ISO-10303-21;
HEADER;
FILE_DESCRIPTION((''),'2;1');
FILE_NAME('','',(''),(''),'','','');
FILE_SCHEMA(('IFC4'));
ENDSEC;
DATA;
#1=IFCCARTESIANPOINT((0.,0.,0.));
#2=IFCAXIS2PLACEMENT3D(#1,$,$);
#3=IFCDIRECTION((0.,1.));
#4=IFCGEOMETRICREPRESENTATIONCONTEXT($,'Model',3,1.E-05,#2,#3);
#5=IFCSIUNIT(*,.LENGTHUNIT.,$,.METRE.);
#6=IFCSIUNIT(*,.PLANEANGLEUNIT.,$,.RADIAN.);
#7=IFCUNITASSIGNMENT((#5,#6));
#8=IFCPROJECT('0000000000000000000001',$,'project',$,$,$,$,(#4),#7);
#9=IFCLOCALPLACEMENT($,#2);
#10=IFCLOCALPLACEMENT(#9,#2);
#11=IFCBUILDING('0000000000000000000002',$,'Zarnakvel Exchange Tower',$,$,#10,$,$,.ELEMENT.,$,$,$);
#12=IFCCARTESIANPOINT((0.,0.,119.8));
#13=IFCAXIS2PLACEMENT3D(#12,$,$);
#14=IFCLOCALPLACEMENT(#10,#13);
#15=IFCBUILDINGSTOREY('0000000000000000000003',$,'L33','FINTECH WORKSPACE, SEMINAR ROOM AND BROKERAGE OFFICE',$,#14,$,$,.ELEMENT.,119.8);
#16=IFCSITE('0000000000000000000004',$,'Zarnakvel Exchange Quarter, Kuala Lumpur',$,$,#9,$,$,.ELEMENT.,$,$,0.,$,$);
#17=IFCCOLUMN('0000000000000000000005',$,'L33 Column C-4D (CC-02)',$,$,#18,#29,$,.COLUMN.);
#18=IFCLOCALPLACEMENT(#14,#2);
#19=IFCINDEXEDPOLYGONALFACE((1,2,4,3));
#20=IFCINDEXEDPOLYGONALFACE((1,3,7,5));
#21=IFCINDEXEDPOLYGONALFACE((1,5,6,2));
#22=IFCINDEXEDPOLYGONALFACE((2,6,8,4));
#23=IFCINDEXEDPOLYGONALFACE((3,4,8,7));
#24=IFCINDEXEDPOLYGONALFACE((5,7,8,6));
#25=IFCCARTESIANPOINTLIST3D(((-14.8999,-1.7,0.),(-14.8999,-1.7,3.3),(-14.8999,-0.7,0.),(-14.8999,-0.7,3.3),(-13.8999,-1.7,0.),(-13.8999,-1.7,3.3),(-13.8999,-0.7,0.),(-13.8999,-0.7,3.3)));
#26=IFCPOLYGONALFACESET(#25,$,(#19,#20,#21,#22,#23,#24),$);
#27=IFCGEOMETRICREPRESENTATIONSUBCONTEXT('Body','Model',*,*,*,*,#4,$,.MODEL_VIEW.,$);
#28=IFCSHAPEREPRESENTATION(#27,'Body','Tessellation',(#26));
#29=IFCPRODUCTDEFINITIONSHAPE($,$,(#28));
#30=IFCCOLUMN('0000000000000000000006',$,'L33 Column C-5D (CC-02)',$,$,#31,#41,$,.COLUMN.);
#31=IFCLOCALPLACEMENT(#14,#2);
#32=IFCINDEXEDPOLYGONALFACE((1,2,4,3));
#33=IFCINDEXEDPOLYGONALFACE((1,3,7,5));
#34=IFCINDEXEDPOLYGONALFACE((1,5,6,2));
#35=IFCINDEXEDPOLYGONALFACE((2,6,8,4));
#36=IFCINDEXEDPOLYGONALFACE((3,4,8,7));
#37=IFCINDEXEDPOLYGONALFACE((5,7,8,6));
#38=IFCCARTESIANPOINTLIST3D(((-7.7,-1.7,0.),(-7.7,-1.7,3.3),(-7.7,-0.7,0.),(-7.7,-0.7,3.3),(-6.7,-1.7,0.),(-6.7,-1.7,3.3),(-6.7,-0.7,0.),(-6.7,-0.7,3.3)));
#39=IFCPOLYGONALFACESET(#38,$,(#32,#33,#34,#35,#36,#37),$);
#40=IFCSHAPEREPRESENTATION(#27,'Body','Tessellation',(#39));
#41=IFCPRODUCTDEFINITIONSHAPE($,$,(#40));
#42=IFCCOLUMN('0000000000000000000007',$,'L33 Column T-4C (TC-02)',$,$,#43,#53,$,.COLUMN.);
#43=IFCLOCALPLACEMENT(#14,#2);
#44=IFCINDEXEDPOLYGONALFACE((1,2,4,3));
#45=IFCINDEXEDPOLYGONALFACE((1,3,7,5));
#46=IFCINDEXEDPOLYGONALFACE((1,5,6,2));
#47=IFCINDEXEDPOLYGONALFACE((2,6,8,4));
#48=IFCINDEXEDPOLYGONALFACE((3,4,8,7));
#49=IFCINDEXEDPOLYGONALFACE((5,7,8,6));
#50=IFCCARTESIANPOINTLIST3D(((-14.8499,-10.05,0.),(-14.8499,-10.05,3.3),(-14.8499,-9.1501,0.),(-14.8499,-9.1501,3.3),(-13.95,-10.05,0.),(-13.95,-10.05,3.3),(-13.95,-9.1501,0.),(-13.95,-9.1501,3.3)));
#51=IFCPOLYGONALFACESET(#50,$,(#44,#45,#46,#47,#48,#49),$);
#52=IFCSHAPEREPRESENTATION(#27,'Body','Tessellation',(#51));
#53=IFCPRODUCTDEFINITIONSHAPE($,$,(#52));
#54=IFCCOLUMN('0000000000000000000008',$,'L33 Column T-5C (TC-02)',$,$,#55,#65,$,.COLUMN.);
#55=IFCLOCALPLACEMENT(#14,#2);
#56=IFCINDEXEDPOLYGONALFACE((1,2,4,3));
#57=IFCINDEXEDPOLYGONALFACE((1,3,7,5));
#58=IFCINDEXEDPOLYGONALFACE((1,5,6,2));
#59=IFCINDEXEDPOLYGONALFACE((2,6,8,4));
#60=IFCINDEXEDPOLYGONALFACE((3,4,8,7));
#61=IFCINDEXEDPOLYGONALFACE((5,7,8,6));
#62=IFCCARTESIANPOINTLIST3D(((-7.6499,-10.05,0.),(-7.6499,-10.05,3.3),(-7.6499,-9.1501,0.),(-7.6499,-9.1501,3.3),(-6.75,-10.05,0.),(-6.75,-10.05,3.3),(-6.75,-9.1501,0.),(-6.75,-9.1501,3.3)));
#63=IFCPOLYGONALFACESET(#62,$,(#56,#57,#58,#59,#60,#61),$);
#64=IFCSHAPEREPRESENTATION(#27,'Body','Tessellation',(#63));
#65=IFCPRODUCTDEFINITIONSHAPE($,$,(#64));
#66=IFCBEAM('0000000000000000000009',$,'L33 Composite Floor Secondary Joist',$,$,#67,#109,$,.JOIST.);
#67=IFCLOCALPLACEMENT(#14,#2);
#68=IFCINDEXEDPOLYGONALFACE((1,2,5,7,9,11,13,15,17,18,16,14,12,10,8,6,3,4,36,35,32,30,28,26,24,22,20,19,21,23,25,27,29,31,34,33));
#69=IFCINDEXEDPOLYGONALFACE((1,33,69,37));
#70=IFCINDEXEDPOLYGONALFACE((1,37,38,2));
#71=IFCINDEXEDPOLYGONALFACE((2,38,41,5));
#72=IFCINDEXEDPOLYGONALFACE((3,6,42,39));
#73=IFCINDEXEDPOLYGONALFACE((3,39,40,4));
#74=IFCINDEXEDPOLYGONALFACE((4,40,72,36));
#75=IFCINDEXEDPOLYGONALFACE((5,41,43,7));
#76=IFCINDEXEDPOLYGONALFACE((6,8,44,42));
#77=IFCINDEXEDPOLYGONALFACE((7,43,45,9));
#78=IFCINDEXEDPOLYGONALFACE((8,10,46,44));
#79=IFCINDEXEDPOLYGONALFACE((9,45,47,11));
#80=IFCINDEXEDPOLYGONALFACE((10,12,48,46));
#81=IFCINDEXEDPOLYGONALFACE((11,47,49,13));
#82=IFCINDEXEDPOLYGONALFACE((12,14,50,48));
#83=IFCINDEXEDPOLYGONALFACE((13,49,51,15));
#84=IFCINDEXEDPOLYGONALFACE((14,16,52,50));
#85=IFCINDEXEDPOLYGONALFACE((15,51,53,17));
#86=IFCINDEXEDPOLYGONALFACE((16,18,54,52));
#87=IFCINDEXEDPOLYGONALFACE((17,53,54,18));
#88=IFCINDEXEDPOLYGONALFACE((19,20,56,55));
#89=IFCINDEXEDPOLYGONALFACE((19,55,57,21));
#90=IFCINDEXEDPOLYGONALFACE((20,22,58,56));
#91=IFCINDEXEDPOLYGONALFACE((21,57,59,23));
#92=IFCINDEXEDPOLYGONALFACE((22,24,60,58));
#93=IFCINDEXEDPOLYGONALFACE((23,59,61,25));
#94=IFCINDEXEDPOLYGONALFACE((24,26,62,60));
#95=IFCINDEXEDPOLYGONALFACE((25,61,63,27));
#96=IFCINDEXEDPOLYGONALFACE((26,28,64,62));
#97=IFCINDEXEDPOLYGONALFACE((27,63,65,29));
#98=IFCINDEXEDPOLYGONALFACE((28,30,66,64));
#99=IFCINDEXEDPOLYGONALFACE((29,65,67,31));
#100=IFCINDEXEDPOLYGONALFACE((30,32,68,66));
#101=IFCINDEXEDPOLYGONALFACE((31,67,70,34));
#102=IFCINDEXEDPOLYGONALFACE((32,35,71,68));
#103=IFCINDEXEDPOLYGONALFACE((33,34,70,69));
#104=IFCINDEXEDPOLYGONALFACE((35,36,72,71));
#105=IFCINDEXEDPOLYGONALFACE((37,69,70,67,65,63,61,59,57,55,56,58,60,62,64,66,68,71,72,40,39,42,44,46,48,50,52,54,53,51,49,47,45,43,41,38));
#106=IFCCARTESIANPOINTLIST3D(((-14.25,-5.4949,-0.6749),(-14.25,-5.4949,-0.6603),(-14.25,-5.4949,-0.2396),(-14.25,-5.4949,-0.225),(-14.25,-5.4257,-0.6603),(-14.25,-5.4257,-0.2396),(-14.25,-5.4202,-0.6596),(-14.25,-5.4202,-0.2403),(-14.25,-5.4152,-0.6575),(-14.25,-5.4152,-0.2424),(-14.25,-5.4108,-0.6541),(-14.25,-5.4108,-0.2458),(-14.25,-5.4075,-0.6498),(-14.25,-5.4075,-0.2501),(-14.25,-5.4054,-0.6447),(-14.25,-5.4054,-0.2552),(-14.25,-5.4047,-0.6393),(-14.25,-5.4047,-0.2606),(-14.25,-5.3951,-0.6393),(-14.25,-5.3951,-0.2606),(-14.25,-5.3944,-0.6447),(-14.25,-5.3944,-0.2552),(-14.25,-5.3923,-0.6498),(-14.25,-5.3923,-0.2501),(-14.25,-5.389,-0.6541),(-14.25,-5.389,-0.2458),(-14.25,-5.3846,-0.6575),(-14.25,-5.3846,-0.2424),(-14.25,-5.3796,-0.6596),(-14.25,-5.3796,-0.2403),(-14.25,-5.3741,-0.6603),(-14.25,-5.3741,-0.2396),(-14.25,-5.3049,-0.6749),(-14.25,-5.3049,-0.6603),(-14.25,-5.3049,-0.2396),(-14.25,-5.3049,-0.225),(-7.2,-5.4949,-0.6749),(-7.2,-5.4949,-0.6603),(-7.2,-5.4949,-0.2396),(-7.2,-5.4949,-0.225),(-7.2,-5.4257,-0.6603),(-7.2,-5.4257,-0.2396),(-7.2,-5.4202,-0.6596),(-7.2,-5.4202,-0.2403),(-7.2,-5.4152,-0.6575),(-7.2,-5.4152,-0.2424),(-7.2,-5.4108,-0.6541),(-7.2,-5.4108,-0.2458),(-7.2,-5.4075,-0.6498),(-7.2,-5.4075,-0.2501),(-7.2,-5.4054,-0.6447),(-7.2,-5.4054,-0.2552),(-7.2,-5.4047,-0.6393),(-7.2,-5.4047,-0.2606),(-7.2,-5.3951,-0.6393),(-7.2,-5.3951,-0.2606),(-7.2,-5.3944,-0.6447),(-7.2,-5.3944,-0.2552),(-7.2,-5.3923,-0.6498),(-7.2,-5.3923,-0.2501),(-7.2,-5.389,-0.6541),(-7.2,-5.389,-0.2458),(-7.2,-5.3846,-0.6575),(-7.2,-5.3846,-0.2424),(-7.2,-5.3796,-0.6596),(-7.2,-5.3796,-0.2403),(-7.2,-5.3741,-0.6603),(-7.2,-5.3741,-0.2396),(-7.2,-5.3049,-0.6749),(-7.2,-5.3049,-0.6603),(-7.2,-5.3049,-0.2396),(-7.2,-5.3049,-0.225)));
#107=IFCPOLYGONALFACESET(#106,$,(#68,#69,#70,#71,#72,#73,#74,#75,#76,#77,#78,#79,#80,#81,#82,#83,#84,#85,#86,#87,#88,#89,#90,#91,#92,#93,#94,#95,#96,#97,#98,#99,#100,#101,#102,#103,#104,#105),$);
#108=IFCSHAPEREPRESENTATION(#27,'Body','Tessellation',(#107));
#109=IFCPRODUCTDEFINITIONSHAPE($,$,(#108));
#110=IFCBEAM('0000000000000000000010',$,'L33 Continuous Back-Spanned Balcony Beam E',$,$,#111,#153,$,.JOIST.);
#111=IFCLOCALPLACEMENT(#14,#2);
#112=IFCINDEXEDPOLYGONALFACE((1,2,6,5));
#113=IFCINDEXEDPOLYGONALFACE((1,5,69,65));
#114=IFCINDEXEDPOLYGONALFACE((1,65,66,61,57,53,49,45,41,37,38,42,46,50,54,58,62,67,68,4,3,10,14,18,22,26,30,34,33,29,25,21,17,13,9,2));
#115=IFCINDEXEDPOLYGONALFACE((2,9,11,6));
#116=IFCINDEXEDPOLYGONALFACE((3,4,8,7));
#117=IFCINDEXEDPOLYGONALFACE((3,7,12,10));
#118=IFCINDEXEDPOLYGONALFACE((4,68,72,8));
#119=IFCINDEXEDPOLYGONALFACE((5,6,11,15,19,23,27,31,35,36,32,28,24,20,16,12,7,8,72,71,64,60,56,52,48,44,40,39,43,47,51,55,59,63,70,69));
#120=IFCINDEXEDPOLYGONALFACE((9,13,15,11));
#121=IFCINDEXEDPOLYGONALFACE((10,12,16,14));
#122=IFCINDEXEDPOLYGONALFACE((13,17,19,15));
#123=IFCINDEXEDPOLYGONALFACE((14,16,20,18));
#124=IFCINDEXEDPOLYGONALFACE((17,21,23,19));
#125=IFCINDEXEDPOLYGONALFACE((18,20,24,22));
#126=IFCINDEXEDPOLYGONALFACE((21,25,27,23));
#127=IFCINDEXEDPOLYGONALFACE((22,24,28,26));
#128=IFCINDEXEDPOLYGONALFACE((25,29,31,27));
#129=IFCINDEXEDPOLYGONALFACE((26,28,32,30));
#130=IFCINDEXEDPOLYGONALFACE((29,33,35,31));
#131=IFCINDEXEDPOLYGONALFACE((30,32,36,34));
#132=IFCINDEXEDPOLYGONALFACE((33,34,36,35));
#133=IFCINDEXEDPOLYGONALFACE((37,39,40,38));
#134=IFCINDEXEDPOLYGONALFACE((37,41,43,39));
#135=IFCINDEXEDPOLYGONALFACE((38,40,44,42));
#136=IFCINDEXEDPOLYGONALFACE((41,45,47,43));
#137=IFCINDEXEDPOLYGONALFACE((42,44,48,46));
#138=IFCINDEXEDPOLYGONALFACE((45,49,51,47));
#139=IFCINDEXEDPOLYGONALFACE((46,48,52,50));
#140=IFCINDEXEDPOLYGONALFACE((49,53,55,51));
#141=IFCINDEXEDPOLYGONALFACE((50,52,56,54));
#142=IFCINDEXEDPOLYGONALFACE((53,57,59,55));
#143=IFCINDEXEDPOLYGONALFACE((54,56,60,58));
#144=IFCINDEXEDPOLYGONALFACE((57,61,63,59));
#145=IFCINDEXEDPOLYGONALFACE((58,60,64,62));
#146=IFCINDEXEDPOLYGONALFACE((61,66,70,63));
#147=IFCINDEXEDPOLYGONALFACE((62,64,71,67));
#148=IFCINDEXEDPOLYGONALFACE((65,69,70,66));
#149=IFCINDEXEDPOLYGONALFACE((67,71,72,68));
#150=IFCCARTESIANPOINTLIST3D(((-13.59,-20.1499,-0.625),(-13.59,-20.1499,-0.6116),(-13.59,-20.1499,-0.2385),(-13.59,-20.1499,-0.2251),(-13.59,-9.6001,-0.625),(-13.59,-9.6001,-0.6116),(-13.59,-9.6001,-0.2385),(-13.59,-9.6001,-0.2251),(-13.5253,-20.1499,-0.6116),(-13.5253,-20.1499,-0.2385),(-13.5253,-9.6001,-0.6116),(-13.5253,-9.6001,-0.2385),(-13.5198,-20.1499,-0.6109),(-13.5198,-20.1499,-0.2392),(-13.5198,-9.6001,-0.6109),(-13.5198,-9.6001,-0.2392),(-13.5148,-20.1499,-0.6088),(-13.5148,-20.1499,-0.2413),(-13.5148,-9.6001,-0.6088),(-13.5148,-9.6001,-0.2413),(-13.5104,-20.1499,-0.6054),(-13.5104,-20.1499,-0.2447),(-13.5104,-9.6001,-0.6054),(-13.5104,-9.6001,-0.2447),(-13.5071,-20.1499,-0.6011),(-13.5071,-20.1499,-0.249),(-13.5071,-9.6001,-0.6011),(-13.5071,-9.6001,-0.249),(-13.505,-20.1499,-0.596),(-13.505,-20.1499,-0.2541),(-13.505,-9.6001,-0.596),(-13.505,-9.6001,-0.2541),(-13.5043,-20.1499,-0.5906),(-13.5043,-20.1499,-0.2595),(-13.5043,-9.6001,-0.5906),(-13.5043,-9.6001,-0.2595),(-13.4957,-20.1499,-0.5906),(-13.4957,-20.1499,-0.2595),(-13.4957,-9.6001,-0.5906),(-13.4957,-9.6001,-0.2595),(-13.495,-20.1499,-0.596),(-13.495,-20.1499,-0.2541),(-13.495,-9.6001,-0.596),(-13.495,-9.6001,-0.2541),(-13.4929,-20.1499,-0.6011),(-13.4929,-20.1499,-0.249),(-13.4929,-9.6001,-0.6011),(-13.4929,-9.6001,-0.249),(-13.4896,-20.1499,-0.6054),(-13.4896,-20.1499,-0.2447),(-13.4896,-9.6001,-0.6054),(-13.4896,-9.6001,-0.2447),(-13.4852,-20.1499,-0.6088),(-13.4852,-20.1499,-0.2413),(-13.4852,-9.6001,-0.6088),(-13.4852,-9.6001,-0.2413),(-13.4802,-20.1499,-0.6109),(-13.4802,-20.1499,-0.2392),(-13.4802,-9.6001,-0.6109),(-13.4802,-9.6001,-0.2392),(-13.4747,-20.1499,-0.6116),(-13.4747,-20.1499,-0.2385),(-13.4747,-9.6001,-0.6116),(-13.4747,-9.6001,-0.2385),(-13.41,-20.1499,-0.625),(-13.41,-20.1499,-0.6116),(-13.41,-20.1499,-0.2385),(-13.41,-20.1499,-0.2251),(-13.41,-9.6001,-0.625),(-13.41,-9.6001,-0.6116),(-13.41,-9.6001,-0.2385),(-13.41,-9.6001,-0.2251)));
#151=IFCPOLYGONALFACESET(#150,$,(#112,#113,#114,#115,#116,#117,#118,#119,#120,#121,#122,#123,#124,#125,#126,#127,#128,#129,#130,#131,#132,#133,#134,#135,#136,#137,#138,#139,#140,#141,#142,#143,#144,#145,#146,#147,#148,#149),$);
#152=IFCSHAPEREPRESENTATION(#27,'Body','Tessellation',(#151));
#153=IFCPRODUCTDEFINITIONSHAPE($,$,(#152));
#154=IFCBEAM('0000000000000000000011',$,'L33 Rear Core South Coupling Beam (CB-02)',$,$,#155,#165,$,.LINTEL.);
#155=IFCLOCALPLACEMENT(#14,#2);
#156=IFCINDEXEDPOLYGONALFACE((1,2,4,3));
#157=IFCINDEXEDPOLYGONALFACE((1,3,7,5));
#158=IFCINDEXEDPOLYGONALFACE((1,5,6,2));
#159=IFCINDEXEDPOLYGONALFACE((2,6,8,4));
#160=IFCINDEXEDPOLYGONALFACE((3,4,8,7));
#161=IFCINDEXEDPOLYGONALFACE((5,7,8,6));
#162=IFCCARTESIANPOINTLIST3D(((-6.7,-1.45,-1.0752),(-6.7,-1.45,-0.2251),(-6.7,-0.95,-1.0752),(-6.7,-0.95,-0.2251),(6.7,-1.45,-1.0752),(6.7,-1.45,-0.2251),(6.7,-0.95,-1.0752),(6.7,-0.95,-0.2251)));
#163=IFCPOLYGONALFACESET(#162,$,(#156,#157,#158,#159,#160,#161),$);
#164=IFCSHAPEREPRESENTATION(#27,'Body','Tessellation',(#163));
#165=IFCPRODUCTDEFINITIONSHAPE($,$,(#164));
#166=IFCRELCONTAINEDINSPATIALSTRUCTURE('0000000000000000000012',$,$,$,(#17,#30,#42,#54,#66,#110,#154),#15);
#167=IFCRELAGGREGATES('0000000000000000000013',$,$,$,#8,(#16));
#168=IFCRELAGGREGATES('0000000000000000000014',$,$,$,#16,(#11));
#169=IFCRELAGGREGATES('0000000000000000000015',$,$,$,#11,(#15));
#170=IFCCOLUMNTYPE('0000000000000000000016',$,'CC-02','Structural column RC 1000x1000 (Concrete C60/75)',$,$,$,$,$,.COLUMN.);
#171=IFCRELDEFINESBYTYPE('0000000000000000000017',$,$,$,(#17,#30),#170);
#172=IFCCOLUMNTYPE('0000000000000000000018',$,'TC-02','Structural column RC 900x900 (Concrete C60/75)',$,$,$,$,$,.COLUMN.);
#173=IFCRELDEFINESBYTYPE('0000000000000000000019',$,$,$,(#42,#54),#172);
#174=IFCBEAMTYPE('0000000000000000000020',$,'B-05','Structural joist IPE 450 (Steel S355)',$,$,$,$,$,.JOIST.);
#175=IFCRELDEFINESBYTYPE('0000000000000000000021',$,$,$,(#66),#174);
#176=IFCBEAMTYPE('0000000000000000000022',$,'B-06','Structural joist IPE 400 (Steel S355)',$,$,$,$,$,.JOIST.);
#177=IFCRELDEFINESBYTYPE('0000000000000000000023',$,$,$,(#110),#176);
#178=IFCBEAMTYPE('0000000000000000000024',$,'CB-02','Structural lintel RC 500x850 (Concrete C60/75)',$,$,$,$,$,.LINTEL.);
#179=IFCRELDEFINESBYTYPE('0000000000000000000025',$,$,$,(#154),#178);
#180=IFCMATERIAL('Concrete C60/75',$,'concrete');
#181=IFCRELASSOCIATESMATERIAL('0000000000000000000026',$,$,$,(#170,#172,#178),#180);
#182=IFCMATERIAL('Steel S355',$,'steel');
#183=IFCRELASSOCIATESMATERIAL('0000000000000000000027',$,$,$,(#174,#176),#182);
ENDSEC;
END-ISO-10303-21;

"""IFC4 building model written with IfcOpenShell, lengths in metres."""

from ifc_helpers import new_model, si_unit, direction, frame, origin, origin_2d, place, context, subcontext, project, spatial, rectangle, i_section, extrude, material, material_profile, profile_set, type_object, element, save


model = new_model("IFC4")

# Units and contexts
model_context = context("Model", 3, precision=1e-05, world=origin(), true_north=direction((0.0, 1.0)))
body_context = subcontext(model_context, "Body", "Model", "MODEL_VIEW")
ifc_project = project(units=[si_unit("LENGTHUNIT", "METRE"), si_unit("PLANEANGLEUNIT", "RADIAN")], contexts=[model_context])

# Site, building, storey
site_placement = place(None, origin())
site = spatial("IfcSite", under=ifc_project, at=site_placement, Name="Zarnakvel Exchange Quarter, Kuala Lumpur", CompositionType="ELEMENT", RefElevation=0.0)
building_placement = place(site_placement, origin())
building = spatial("IfcBuilding", under=site, at=building_placement, Name="Zarnakvel Exchange Tower", CompositionType="ELEMENT")
storey_placement = place(building_placement, frame((0.0, 0.0, 119.8)))
storey = spatial("IfcBuildingStorey", under=building, at=storey_placement, Name="L33", Description="FINTECH WORKSPACE, SEMINAR ROOM AND BROKERAGE OFFICE", CompositionType="ELEMENT", Elevation=119.8)

# Columns
ifc_material_1 = material(Name="Concrete C60/75", Category="concrete")
ifc_material_profile_1 = material_profile(ifc_material_1, rectangle(XDim=1.0, YDim=1.0, at=origin_2d()))
ifc_profile_set_1 = profile_set([ifc_material_profile_1], Name="Concrete C60/75")
column_type_1 = type_object("IfcColumnType", Name="CC-02", Description="Structural column RC 1000x1000 (Concrete C60/75)", PredefinedType="COLUMN", material=ifc_profile_set_1)
for number, where, z_axis, x_axis, name in (
    (1, (-14.3999, -1.2, 0.0), (0.0, 0.0, 1.0), (1.0, 0.0, 0.0), "L33 Column C-4D (CC-02)"),
    (2, (-7.2, -1.2, 0.0), (0.0, 0.0, 1.0), (1.0, 0.0, 0.0), "L33 Column C-5D (CC-02)"),
):
    element("IfcColumn", number, at=place(storey_placement, frame(where, z_axis=z_axis, x_axis=x_axis)), inside=storey, type_object=column_type_1, Name=name, PredefinedType="COLUMN", context=body_context, shape_type="SweptSolid", body=[
        extrude(rectangle(XDim=1.0, YDim=1.0, at=origin_2d()), origin(), (0.0, 0.0, 1.0), 3.3),
    ])
ifc_material_profile_2 = material_profile(ifc_material_1, rectangle(XDim=0.8999, YDim=0.8999, at=origin_2d()))
ifc_profile_set_2 = profile_set([ifc_material_profile_2], Name="Concrete C60/75")
column_type_2 = type_object("IfcColumnType", Name="TC-02", Description="Structural column RC 900x900 (Concrete C60/75)", PredefinedType="COLUMN", material=ifc_profile_set_2)
for number, where, z_axis, x_axis, name in (
    (3, (-14.3999, -9.6001, 0.0), (0.0, 0.0, 1.0), (1.0, 0.0, 0.0), "L33 Column T-4C (TC-02)"),
    (4, (-7.2, -9.6001, 0.0), (0.0, 0.0, 1.0), (1.0, 0.0, 0.0), "L33 Column T-5C (TC-02)"),
):
    element("IfcColumn", number, at=place(storey_placement, frame(where, z_axis=z_axis, x_axis=x_axis)), inside=storey, type_object=column_type_2, Name=name, PredefinedType="COLUMN", context=body_context, shape_type="SweptSolid", body=[
        extrude(rectangle(XDim=0.8999, YDim=0.8999, at=origin_2d()), origin(), (0.0, 0.0, 1.0), 3.3),
    ])

# Beams
ifc_material_2 = material(Name="Steel S355", Category="steel")
ifc_material_profile_3 = material_profile(ifc_material_2, i_section(OverallWidth=0.1899, OverallDepth=0.45, WebThickness=0.0095, FlangeThickness=0.0146, FilletRadius=0.021, at=origin_2d()))
ifc_profile_set_3 = profile_set([ifc_material_profile_3], Name="Steel S355")
beam_type_1 = type_object("IfcBeamType", Name="B-05", Description="Structural joist IPE 450 (Steel S355)", PredefinedType="JOIST", material=ifc_profile_set_3)
beam_1_placement = place(storey_placement, frame((-14.25, -5.3999, -0.45), z_axis=(1.0, 0.0, 0.0), x_axis=(0.0, 1.0, 0.0)))
element("IfcBeam", 5, at=beam_1_placement, inside=storey, type_object=beam_type_1, Name="L33 Composite Floor Secondary Joist", PredefinedType="JOIST", context=body_context, shape_type="SweptSolid", body=[
    extrude(i_section(OverallWidth=0.1899, OverallDepth=0.45, WebThickness=0.0095, FlangeThickness=0.0146, FilletRadius=0.021, at=origin_2d()), origin(), (0.0, 0.0, 1.0), 7.05),
])
ifc_material_profile_4 = material_profile(ifc_material_2, i_section(OverallWidth=0.1799, OverallDepth=0.3999, WebThickness=0.0085, FlangeThickness=0.0134, FilletRadius=0.021, at=origin_2d()))
ifc_profile_set_4 = profile_set([ifc_material_profile_4], Name="Steel S355")
beam_type_2 = type_object("IfcBeamType", Name="B-06", Description="Structural joist IPE 400 (Steel S355)", PredefinedType="JOIST", material=ifc_profile_set_4)
beam_2_placement = place(storey_placement, frame((-13.5, -9.6001, -0.425), z_axis=(0.0, -1.0, 0.0), x_axis=(1.0, 0.0, 0.0)))
element("IfcBeam", 6, at=beam_2_placement, inside=storey, type_object=beam_type_2, Name="L33 Continuous Back-Spanned Balcony Beam E", PredefinedType="JOIST", context=body_context, shape_type="SweptSolid", body=[
    extrude(i_section(OverallWidth=0.1799, OverallDepth=0.3999, WebThickness=0.0085, FlangeThickness=0.0134, FilletRadius=0.021, at=origin_2d()), origin(), (0.0, 0.0, 1.0), 10.5498),
])
ifc_material_profile_5 = material_profile(ifc_material_1, rectangle(XDim=0.5, YDim=0.8501, at=origin_2d()))
ifc_profile_set_5 = profile_set([ifc_material_profile_5], Name="Concrete C60/75")
beam_type_3 = type_object("IfcBeamType", Name="CB-02", Description="Structural lintel RC 500x850 (Concrete C60/75)", PredefinedType="LINTEL", material=ifc_profile_set_5)
beam_3_placement = place(storey_placement, frame((-6.7, -1.2, -0.6501), z_axis=(1.0, 0.0, 0.0), x_axis=(0.0, 1.0, 0.0)))
element("IfcBeam", 7, at=beam_3_placement, inside=storey, type_object=beam_type_3, Name="L33 Rear Core South Coupling Beam (CB-02)", PredefinedType="LINTEL", context=body_context, shape_type="SweptSolid", body=[
    extrude(rectangle(XDim=0.5, YDim=0.8501, at=origin_2d()), origin(), (0.0, 0.0, 1.0), 13.3999),
])

save(model, "model.ifc")
